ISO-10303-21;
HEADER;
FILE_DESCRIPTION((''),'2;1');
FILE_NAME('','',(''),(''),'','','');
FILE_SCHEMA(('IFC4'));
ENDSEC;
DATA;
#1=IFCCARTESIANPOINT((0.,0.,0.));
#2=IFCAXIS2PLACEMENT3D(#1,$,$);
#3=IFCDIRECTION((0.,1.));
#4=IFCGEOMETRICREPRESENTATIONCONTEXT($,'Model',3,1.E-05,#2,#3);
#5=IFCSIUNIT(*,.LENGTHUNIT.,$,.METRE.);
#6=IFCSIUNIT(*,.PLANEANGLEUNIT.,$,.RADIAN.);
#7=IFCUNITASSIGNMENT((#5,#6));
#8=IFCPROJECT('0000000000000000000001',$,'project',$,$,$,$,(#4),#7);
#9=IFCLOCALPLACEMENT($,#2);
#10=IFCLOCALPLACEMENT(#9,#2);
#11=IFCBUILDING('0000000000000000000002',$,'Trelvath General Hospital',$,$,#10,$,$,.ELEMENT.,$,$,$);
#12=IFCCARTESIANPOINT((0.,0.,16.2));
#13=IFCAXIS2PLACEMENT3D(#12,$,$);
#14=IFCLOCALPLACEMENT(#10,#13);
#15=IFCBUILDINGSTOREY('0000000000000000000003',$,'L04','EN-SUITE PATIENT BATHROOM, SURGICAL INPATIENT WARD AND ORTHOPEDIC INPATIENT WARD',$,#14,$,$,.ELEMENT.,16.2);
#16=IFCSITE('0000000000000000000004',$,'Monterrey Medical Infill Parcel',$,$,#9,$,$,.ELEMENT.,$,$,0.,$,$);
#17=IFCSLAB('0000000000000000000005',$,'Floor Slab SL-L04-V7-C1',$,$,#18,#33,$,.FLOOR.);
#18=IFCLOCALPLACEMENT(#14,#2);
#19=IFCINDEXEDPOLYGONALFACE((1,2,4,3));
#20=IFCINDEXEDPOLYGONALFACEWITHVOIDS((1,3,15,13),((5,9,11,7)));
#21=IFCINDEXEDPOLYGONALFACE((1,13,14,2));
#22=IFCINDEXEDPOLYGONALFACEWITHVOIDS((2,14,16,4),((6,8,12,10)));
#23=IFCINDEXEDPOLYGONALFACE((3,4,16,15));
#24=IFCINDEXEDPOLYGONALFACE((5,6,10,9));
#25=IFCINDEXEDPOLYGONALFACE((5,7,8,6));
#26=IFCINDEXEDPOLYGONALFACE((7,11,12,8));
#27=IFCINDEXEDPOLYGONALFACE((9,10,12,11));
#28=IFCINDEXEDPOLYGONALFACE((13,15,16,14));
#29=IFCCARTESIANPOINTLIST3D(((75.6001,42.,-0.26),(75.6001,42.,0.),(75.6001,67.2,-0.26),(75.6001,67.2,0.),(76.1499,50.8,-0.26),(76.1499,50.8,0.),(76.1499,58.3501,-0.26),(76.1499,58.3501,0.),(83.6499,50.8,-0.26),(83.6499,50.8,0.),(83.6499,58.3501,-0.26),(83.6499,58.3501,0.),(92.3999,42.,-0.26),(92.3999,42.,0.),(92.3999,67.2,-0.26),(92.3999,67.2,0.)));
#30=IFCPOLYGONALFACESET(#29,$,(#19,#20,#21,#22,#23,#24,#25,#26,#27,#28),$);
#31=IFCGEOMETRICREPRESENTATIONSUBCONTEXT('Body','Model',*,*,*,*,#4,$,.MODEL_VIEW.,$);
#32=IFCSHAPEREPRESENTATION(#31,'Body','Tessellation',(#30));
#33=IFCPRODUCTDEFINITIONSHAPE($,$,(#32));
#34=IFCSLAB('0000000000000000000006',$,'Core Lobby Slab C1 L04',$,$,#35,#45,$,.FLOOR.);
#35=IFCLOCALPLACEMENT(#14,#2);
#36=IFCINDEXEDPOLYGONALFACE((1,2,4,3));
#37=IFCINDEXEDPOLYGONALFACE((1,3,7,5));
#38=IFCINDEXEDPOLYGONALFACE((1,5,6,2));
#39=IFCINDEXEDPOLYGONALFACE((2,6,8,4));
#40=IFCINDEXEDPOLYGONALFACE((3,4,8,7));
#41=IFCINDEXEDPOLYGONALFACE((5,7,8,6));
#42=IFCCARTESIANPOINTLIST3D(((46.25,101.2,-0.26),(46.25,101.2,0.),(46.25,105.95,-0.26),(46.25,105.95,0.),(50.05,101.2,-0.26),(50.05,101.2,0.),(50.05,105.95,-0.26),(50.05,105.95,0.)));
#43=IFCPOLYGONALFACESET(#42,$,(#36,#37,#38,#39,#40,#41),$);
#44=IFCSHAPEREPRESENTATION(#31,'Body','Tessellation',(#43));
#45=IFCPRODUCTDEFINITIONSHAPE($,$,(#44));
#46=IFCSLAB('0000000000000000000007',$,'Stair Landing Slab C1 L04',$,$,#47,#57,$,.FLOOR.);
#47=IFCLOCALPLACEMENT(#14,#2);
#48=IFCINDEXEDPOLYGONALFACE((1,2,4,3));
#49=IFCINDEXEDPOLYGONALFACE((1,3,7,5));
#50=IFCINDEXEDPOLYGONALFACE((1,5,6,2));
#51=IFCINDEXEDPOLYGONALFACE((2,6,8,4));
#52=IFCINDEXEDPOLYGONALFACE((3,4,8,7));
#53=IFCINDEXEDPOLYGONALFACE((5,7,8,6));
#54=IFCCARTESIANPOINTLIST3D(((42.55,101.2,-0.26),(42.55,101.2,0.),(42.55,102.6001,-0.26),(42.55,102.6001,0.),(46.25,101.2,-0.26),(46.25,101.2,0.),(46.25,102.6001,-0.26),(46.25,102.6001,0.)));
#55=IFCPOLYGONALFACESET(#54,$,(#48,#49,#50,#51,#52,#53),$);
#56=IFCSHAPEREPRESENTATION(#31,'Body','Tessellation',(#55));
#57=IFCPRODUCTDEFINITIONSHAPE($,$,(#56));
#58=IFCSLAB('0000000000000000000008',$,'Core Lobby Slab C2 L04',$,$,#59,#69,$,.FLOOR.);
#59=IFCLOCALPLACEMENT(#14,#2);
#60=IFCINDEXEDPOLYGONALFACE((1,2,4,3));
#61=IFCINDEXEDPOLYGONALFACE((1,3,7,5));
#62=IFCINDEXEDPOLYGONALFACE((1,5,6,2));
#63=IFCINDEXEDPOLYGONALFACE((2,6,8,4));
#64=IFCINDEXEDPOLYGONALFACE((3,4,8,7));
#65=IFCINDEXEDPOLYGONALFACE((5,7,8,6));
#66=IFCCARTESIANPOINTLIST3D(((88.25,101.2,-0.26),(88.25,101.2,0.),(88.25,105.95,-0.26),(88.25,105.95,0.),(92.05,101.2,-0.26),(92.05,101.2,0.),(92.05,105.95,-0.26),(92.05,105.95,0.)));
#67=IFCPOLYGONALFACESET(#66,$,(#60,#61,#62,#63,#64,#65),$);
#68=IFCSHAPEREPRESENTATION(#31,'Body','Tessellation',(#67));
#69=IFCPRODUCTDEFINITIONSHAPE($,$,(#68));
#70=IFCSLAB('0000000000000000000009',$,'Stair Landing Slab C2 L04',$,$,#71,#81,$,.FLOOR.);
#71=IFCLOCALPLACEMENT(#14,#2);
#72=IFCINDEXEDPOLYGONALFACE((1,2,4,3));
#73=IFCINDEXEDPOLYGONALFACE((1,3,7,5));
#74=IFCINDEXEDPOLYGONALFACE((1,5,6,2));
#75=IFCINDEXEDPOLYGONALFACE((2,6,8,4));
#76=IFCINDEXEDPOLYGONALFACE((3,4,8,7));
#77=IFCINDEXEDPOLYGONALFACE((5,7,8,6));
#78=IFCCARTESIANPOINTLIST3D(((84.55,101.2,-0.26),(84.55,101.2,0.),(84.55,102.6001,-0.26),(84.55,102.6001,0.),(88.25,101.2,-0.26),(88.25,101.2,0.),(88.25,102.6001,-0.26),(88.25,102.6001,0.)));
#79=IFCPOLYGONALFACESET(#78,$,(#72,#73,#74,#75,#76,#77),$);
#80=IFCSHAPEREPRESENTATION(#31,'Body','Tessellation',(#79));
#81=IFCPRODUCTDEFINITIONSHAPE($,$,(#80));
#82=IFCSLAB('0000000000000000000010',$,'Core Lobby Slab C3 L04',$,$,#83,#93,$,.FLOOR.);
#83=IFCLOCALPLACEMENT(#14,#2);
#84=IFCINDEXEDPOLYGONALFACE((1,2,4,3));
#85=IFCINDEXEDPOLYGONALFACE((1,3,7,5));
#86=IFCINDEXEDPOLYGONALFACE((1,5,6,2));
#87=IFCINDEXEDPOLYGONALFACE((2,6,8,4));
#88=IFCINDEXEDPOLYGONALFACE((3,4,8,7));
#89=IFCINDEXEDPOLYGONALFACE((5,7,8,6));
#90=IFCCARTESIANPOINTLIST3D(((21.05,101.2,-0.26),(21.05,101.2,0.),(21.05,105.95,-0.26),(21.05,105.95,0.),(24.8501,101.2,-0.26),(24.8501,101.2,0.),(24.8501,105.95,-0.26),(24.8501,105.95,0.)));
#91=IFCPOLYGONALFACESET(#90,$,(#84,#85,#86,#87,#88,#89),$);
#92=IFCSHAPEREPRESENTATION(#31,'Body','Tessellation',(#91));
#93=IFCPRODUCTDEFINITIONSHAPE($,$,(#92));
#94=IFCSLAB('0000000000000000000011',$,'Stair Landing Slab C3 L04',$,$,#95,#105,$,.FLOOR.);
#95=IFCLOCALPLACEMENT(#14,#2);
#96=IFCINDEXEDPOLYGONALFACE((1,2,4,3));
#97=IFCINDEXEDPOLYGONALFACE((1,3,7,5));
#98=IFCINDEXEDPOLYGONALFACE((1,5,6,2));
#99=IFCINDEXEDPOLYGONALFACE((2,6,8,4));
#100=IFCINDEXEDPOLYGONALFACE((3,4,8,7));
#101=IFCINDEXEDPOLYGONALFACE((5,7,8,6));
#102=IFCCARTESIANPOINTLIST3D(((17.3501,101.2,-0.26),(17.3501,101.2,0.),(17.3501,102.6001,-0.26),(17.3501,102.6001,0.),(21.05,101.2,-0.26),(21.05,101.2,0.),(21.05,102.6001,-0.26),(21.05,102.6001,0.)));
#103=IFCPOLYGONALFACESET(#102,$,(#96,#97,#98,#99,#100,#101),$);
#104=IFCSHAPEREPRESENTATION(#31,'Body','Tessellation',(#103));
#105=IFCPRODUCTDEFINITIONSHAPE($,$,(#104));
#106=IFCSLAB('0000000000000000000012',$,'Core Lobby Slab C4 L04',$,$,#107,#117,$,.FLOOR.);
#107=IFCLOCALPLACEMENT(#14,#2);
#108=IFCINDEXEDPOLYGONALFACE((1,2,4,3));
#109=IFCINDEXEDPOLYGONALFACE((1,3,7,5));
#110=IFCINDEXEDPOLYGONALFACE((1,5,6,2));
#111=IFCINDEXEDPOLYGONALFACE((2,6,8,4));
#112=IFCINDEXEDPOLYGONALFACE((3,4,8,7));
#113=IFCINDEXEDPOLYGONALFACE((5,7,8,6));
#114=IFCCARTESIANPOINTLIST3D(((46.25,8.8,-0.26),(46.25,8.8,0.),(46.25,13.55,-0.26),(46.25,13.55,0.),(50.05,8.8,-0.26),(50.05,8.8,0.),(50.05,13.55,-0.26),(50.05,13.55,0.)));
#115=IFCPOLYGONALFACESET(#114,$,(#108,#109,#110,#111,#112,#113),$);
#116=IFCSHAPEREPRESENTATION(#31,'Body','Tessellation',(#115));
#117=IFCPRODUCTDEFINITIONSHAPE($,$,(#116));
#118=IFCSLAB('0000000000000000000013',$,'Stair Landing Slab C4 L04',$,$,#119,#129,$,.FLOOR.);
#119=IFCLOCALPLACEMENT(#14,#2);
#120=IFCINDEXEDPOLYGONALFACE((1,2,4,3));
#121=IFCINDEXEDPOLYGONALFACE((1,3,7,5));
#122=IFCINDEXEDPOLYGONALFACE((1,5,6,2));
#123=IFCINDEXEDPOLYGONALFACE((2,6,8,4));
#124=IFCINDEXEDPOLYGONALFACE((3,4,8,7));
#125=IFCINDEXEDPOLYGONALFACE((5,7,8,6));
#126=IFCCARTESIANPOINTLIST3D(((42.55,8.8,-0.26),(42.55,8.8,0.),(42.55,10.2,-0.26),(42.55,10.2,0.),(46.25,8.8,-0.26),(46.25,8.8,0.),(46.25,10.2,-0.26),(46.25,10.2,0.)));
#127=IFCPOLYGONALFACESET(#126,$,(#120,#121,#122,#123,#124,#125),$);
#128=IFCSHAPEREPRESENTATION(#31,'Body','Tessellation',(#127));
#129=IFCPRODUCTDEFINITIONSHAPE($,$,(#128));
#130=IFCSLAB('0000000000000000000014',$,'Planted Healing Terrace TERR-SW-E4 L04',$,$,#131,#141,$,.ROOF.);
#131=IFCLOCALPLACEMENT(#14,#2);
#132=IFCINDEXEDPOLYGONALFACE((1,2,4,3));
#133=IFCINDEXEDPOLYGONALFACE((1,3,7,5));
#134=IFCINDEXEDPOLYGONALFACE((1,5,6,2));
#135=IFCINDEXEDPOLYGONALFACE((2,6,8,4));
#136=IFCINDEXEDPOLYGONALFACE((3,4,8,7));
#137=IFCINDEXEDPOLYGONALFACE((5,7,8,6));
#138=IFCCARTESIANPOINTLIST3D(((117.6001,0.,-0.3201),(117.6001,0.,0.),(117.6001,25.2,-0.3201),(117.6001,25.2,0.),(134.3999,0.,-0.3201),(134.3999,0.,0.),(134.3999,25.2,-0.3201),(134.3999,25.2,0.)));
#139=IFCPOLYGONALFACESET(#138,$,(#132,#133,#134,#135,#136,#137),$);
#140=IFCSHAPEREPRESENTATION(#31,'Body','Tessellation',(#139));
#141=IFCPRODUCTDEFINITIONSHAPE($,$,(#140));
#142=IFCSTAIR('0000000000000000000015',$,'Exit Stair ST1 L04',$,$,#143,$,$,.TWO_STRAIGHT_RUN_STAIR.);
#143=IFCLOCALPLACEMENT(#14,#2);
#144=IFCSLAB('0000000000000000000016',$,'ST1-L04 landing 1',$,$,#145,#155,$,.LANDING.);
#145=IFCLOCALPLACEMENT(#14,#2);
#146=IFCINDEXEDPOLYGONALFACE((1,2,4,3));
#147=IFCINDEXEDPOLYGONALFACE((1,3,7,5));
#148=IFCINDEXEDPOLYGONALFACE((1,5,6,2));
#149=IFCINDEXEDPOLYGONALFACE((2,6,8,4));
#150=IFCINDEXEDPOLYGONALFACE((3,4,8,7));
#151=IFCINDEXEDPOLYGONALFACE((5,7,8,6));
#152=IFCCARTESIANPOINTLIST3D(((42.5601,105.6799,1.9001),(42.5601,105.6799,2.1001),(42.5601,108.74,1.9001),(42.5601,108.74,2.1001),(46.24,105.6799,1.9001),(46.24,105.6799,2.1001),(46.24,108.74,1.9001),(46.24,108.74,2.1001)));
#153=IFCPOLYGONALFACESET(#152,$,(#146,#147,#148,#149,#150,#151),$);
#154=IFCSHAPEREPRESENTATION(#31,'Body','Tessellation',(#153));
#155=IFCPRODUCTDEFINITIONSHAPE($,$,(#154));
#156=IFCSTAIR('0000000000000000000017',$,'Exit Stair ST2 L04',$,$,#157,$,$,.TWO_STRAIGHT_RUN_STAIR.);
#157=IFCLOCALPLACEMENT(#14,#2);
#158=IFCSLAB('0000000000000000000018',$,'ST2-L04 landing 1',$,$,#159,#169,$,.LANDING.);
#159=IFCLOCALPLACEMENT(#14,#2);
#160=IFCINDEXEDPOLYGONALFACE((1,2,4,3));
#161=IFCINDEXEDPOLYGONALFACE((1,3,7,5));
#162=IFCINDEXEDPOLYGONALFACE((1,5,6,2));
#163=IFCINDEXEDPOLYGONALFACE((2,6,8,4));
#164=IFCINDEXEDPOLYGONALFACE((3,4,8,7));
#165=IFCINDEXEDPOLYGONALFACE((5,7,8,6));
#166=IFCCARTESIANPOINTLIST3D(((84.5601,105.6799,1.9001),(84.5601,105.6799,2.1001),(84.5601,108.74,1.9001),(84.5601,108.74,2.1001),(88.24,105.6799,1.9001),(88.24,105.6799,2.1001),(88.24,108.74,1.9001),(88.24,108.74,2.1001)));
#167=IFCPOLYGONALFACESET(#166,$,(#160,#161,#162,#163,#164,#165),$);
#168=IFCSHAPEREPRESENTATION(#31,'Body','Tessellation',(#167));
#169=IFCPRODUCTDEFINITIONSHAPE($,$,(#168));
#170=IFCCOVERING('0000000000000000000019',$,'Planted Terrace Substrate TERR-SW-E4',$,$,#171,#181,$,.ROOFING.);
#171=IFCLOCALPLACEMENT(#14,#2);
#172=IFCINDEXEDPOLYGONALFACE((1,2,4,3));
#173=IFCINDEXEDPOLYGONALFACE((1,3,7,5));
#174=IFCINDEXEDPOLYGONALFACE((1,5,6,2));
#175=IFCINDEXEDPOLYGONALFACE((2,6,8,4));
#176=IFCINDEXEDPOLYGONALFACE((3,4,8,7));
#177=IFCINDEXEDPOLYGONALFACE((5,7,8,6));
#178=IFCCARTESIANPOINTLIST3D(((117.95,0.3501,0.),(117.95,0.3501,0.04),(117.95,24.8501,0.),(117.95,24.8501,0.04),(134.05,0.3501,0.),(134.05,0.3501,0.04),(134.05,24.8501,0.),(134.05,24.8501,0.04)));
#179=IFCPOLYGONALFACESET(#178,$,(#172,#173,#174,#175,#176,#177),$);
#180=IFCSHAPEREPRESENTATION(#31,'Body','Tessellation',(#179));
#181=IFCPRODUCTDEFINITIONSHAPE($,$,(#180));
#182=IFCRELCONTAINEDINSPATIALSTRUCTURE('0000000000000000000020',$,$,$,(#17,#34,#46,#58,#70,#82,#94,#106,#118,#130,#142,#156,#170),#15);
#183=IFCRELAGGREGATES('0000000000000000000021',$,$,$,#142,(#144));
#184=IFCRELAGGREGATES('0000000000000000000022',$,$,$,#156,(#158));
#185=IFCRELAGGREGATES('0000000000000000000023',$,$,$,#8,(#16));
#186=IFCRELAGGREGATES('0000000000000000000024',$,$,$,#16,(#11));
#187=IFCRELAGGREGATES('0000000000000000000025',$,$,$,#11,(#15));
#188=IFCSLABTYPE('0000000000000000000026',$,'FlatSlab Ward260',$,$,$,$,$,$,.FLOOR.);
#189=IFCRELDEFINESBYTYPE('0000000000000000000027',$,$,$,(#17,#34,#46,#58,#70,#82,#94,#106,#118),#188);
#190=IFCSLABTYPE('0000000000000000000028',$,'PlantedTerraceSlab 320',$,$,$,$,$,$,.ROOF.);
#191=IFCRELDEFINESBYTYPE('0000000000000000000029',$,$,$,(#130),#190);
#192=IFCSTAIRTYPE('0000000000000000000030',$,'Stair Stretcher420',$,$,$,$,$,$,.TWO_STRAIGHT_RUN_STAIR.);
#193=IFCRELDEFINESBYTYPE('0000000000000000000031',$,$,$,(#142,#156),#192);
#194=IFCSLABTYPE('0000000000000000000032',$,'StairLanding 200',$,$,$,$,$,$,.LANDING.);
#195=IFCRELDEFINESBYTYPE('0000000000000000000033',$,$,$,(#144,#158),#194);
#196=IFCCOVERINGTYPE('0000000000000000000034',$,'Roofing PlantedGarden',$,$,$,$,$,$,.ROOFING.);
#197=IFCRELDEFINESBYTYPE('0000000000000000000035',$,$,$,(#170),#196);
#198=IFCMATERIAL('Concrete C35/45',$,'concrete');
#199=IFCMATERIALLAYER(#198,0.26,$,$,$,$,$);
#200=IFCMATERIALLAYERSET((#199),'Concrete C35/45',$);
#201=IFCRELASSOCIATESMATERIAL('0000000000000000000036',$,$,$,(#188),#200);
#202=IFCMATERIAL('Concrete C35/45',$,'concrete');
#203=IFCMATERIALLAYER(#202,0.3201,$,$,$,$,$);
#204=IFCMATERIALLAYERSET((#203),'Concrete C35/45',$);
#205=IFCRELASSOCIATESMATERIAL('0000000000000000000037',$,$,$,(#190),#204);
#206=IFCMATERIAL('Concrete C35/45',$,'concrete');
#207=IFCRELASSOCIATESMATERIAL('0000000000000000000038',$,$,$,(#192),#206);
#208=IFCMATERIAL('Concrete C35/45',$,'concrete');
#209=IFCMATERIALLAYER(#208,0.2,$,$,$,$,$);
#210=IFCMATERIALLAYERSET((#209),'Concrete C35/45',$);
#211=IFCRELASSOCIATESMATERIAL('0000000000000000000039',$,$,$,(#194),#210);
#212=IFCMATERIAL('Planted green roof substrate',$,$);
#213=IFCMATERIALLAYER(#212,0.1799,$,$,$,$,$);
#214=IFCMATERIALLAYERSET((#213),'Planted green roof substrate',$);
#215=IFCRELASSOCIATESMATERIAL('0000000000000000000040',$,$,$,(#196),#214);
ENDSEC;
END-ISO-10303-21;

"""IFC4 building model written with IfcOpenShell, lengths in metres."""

from ifc_helpers import new_model, si_unit, direction, frame, origin, place, context, subcontext, project, spatial, polyline, outline, extrude, material, layer, layer_set, type_object, element, aggregate, save


model = new_model("IFC4")

# Units and contexts
model_context = context("Model", 3, precision=1e-05, world=origin(), true_north=direction((0.0, 1.0)))
body_context = subcontext(model_context, "Body", "Model", "MODEL_VIEW")
ifc_project = project(units=[si_unit("LENGTHUNIT", "METRE"), si_unit("PLANEANGLEUNIT", "RADIAN")], contexts=[model_context])

# Site, building, storey
site_placement = place(None, origin())
site = spatial("IfcSite", under=ifc_project, at=site_placement, Name="Monterrey Medical Infill Parcel", CompositionType="ELEMENT", RefElevation=0.0)
building_placement = place(site_placement, origin())
building = spatial("IfcBuilding", under=site, at=building_placement, Name="Trelvath General Hospital", CompositionType="ELEMENT")
storey_placement = place(building_placement, frame((0.0, 0.0, 16.2)))
storey = spatial("IfcBuildingStorey", under=building, at=storey_placement, Name="L04", Description="EN-SUITE PATIENT BATHROOM, SURGICAL INPATIENT WARD AND ORTHOPEDIC INPATIENT WARD", CompositionType="ELEMENT", Elevation=16.2)

# Slabs
ifc_material_1 = material(Name="Concrete C35/45", Category="concrete")
ifc_layer_1 = layer(ifc_material_1, 0.26)
ifc_layer_set_1 = layer_set([ifc_layer_1], Name="Concrete C35/45")
slab_type_1 = type_object("IfcSlabType", Name="FlatSlab Ward260", PredefinedType="FLOOR", material=ifc_layer_set_1)
slab_1_placement = place(storey_placement, frame((0.0, 0.0, -0.26)))
element("IfcSlab", 1, at=slab_1_placement, inside=storey, type_object=slab_type_1, Name="Floor Slab SL-L04-V7-C1", PredefinedType="FLOOR", context=body_context, shape_type="SweptSolid", body=[
    extrude(outline(polyline([(75.6001, 42.0), (75.6001, 67.2), (92.3999, 67.2), (92.3999, 42.0), (75.6001, 42.0)]), holes=[polyline([(76.1499, 50.8), (83.6499, 50.8), (83.6499, 58.3501), (76.1499, 58.3501), (76.1499, 50.8)])]), origin(), (0.0, 0.0, 1.0), 0.26),
])
slab_2_placement = place(storey_placement, frame((0.0, 0.0, -0.26)))
element("IfcSlab", 2, at=slab_2_placement, inside=storey, type_object=slab_type_1, Name="Core Lobby Slab C1 L04", PredefinedType="FLOOR", context=body_context, shape_type="SweptSolid", body=[
    extrude(outline(polyline([(46.25, 101.2), (50.05, 101.2), (50.05, 105.95), (46.25, 105.95), (46.25, 101.2)])), origin(), (0.0, 0.0, 1.0), 0.26),
])
slab_3_placement = place(storey_placement, frame((0.0, 0.0, -0.26)))
element("IfcSlab", 3, at=slab_3_placement, inside=storey, type_object=slab_type_1, Name="Stair Landing Slab C1 L04", PredefinedType="FLOOR", context=body_context, shape_type="SweptSolid", body=[
    extrude(outline(polyline([(42.55, 101.2), (46.25, 101.2), (46.25, 102.6001), (42.55, 102.6001), (42.55, 101.2)])), origin(), (0.0, 0.0, 1.0), 0.26),
])
slab_4_placement = place(storey_placement, frame((0.0, 0.0, -0.26)))
element("IfcSlab", 4, at=slab_4_placement, inside=storey, type_object=slab_type_1, Name="Core Lobby Slab C2 L04", PredefinedType="FLOOR", context=body_context, shape_type="SweptSolid", body=[
    extrude(outline(polyline([(88.25, 101.2), (92.05, 101.2), (92.05, 105.95), (88.25, 105.95), (88.25, 101.2)])), origin(), (0.0, 0.0, 1.0), 0.26),
])
slab_5_placement = place(storey_placement, frame((0.0, 0.0, -0.26)))
element("IfcSlab", 5, at=slab_5_placement, inside=storey, type_object=slab_type_1, Name="Stair Landing Slab C2 L04", PredefinedType="FLOOR", context=body_context, shape_type="SweptSolid", body=[
    extrude(outline(polyline([(84.55, 101.2), (88.25, 101.2), (88.25, 102.6001), (84.55, 102.6001), (84.55, 101.2)])), origin(), (0.0, 0.0, 1.0), 0.26),
])
slab_6_placement = place(storey_placement, frame((0.0, 0.0, -0.26)))
element("IfcSlab", 6, at=slab_6_placement, inside=storey, type_object=slab_type_1, Name="Core Lobby Slab C3 L04", PredefinedType="FLOOR", context=body_context, shape_type="SweptSolid", body=[
    extrude(outline(polyline([(21.05, 101.2), (24.8501, 101.2), (24.8501, 105.95), (21.05, 105.95), (21.05, 101.2)])), origin(), (0.0, 0.0, 1.0), 0.26),
])
slab_7_placement = place(storey_placement, frame((0.0, 0.0, -0.26)))
element("IfcSlab", 7, at=slab_7_placement, inside=storey, type_object=slab_type_1, Name="Stair Landing Slab C3 L04", PredefinedType="FLOOR", context=body_context, shape_type="SweptSolid", body=[
    extrude(outline(polyline([(17.3501, 101.2), (21.05, 101.2), (21.05, 102.6001), (17.3501, 102.6001), (17.3501, 101.2)])), origin(), (0.0, 0.0, 1.0), 0.26),
])
slab_8_placement = place(storey_placement, frame((0.0, 0.0, -0.26)))
element("IfcSlab", 8, at=slab_8_placement, inside=storey, type_object=slab_type_1, Name="Core Lobby Slab C4 L04", PredefinedType="FLOOR", context=body_context, shape_type="SweptSolid", body=[
    extrude(outline(polyline([(46.25, 8.8), (50.05, 8.8), (50.05, 13.55), (46.25, 13.55), (46.25, 8.8)])), origin(), (0.0, 0.0, 1.0), 0.26),
])
slab_9_placement = place(storey_placement, frame((0.0, 0.0, -0.26)))
element("IfcSlab", 9, at=slab_9_placement, inside=storey, type_object=slab_type_1, Name="Stair Landing Slab C4 L04", PredefinedType="FLOOR", context=body_context, shape_type="SweptSolid", body=[
    extrude(outline(polyline([(42.55, 8.8), (46.25, 8.8), (46.25, 10.2), (42.55, 10.2), (42.55, 8.8)])), origin(), (0.0, 0.0, 1.0), 0.26),
])
ifc_material_2 = material(Name="Concrete C35/45", Category="concrete")
ifc_layer_2 = layer(ifc_material_2, 0.3201)
ifc_layer_set_2 = layer_set([ifc_layer_2], Name="Concrete C35/45")
slab_type_2 = type_object("IfcSlabType", Name="PlantedTerraceSlab 320", PredefinedType="ROOF", material=ifc_layer_set_2)
slab_10_placement = place(storey_placement, frame((0.0, 0.0, -0.3201)))
element("IfcSlab", 10, at=slab_10_placement, inside=storey, type_object=slab_type_2, Name="Planted Healing Terrace TERR-SW-E4 L04", PredefinedType="ROOF", context=body_context, shape_type="SweptSolid", body=[
    extrude(outline(polyline([(117.6001, 0.0), (134.3999, 0.0), (134.3999, 25.2), (117.6001, 25.2), (117.6001, 0.0)])), origin(), (0.0, 0.0, 1.0), 0.3201),
])

# Stairs, slabs
ifc_material_3 = material(Name="Concrete C35/45", Category="concrete")
stair_type = type_object("IfcStairType", Name="Stair Stretcher420", PredefinedType="TWO_STRAIGHT_RUN_STAIR", material=ifc_material_3)
stair_1_placement = place(storey_placement, origin())
stair_1 = element("IfcStair", 11, at=stair_1_placement, inside=storey, type_object=stair_type, Name="Exit Stair ST1 L04", PredefinedType="TWO_STRAIGHT_RUN_STAIR")
ifc_material_4 = material(Name="Concrete C35/45", Category="concrete")
ifc_layer_3 = layer(ifc_material_4, 0.2)
ifc_layer_set_3 = layer_set([ifc_layer_3], Name="Concrete C35/45")
slab_type_3 = type_object("IfcSlabType", Name="StairLanding 200", PredefinedType="LANDING", material=ifc_layer_set_3)
slab_11_placement = place(storey_placement, frame((0.0, 0.0, 1.9001)))
slab_11 = element("IfcSlab", 12, at=slab_11_placement, type_object=slab_type_3, Name="ST1-L04 landing 1", PredefinedType="LANDING", context=body_context, shape_type="SweptSolid", body=[
    extrude(outline(polyline([(42.5601, 105.6799), (46.24, 105.6799), (46.24, 108.74), (42.5601, 108.74), (42.5601, 105.6799)])), origin(), (0.0, 0.0, 1.0), 0.2),
])
aggregate(stair_1, [slab_11])
stair_2_placement = place(storey_placement, origin())
stair_2 = element("IfcStair", 13, at=stair_2_placement, inside=storey, type_object=stair_type, Name="Exit Stair ST2 L04", PredefinedType="TWO_STRAIGHT_RUN_STAIR")
slab_12_placement = place(storey_placement, frame((0.0, 0.0, 1.9001)))
slab_12 = element("IfcSlab", 14, at=slab_12_placement, type_object=slab_type_3, Name="ST2-L04 landing 1", PredefinedType="LANDING", context=body_context, shape_type="SweptSolid", body=[
    extrude(outline(polyline([(84.5601, 105.6799), (88.24, 105.6799), (88.24, 108.74), (84.5601, 108.74), (84.5601, 105.6799)])), origin(), (0.0, 0.0, 1.0), 0.2),
])
aggregate(stair_2, [slab_12])

# Covering
ifc_material_5 = material(Name="Planted green roof substrate")
ifc_layer_4 = layer(ifc_material_5, 0.1799)
ifc_layer_set_4 = layer_set([ifc_layer_4], Name="Planted green roof substrate")
covering_type = type_object("IfcCoveringType", Name="Roofing PlantedGarden", PredefinedType="ROOFING", material=ifc_layer_set_4)
covering_placement = place(storey_placement, origin())
element("IfcCovering", 15, at=covering_placement, inside=storey, type_object=covering_type, Name="Planted Terrace Substrate TERR-SW-E4", PredefinedType="ROOFING", context=body_context, shape_type="SweptSolid", body=[
    extrude(outline(polyline([(117.95, 0.3501), (134.05, 0.3501), (134.05, 24.8501), (117.95, 24.8501), (117.95, 0.3501)])), origin(), (0.0, 0.0, 1.0), 0.04),
])

save(model, "model.ifc")
